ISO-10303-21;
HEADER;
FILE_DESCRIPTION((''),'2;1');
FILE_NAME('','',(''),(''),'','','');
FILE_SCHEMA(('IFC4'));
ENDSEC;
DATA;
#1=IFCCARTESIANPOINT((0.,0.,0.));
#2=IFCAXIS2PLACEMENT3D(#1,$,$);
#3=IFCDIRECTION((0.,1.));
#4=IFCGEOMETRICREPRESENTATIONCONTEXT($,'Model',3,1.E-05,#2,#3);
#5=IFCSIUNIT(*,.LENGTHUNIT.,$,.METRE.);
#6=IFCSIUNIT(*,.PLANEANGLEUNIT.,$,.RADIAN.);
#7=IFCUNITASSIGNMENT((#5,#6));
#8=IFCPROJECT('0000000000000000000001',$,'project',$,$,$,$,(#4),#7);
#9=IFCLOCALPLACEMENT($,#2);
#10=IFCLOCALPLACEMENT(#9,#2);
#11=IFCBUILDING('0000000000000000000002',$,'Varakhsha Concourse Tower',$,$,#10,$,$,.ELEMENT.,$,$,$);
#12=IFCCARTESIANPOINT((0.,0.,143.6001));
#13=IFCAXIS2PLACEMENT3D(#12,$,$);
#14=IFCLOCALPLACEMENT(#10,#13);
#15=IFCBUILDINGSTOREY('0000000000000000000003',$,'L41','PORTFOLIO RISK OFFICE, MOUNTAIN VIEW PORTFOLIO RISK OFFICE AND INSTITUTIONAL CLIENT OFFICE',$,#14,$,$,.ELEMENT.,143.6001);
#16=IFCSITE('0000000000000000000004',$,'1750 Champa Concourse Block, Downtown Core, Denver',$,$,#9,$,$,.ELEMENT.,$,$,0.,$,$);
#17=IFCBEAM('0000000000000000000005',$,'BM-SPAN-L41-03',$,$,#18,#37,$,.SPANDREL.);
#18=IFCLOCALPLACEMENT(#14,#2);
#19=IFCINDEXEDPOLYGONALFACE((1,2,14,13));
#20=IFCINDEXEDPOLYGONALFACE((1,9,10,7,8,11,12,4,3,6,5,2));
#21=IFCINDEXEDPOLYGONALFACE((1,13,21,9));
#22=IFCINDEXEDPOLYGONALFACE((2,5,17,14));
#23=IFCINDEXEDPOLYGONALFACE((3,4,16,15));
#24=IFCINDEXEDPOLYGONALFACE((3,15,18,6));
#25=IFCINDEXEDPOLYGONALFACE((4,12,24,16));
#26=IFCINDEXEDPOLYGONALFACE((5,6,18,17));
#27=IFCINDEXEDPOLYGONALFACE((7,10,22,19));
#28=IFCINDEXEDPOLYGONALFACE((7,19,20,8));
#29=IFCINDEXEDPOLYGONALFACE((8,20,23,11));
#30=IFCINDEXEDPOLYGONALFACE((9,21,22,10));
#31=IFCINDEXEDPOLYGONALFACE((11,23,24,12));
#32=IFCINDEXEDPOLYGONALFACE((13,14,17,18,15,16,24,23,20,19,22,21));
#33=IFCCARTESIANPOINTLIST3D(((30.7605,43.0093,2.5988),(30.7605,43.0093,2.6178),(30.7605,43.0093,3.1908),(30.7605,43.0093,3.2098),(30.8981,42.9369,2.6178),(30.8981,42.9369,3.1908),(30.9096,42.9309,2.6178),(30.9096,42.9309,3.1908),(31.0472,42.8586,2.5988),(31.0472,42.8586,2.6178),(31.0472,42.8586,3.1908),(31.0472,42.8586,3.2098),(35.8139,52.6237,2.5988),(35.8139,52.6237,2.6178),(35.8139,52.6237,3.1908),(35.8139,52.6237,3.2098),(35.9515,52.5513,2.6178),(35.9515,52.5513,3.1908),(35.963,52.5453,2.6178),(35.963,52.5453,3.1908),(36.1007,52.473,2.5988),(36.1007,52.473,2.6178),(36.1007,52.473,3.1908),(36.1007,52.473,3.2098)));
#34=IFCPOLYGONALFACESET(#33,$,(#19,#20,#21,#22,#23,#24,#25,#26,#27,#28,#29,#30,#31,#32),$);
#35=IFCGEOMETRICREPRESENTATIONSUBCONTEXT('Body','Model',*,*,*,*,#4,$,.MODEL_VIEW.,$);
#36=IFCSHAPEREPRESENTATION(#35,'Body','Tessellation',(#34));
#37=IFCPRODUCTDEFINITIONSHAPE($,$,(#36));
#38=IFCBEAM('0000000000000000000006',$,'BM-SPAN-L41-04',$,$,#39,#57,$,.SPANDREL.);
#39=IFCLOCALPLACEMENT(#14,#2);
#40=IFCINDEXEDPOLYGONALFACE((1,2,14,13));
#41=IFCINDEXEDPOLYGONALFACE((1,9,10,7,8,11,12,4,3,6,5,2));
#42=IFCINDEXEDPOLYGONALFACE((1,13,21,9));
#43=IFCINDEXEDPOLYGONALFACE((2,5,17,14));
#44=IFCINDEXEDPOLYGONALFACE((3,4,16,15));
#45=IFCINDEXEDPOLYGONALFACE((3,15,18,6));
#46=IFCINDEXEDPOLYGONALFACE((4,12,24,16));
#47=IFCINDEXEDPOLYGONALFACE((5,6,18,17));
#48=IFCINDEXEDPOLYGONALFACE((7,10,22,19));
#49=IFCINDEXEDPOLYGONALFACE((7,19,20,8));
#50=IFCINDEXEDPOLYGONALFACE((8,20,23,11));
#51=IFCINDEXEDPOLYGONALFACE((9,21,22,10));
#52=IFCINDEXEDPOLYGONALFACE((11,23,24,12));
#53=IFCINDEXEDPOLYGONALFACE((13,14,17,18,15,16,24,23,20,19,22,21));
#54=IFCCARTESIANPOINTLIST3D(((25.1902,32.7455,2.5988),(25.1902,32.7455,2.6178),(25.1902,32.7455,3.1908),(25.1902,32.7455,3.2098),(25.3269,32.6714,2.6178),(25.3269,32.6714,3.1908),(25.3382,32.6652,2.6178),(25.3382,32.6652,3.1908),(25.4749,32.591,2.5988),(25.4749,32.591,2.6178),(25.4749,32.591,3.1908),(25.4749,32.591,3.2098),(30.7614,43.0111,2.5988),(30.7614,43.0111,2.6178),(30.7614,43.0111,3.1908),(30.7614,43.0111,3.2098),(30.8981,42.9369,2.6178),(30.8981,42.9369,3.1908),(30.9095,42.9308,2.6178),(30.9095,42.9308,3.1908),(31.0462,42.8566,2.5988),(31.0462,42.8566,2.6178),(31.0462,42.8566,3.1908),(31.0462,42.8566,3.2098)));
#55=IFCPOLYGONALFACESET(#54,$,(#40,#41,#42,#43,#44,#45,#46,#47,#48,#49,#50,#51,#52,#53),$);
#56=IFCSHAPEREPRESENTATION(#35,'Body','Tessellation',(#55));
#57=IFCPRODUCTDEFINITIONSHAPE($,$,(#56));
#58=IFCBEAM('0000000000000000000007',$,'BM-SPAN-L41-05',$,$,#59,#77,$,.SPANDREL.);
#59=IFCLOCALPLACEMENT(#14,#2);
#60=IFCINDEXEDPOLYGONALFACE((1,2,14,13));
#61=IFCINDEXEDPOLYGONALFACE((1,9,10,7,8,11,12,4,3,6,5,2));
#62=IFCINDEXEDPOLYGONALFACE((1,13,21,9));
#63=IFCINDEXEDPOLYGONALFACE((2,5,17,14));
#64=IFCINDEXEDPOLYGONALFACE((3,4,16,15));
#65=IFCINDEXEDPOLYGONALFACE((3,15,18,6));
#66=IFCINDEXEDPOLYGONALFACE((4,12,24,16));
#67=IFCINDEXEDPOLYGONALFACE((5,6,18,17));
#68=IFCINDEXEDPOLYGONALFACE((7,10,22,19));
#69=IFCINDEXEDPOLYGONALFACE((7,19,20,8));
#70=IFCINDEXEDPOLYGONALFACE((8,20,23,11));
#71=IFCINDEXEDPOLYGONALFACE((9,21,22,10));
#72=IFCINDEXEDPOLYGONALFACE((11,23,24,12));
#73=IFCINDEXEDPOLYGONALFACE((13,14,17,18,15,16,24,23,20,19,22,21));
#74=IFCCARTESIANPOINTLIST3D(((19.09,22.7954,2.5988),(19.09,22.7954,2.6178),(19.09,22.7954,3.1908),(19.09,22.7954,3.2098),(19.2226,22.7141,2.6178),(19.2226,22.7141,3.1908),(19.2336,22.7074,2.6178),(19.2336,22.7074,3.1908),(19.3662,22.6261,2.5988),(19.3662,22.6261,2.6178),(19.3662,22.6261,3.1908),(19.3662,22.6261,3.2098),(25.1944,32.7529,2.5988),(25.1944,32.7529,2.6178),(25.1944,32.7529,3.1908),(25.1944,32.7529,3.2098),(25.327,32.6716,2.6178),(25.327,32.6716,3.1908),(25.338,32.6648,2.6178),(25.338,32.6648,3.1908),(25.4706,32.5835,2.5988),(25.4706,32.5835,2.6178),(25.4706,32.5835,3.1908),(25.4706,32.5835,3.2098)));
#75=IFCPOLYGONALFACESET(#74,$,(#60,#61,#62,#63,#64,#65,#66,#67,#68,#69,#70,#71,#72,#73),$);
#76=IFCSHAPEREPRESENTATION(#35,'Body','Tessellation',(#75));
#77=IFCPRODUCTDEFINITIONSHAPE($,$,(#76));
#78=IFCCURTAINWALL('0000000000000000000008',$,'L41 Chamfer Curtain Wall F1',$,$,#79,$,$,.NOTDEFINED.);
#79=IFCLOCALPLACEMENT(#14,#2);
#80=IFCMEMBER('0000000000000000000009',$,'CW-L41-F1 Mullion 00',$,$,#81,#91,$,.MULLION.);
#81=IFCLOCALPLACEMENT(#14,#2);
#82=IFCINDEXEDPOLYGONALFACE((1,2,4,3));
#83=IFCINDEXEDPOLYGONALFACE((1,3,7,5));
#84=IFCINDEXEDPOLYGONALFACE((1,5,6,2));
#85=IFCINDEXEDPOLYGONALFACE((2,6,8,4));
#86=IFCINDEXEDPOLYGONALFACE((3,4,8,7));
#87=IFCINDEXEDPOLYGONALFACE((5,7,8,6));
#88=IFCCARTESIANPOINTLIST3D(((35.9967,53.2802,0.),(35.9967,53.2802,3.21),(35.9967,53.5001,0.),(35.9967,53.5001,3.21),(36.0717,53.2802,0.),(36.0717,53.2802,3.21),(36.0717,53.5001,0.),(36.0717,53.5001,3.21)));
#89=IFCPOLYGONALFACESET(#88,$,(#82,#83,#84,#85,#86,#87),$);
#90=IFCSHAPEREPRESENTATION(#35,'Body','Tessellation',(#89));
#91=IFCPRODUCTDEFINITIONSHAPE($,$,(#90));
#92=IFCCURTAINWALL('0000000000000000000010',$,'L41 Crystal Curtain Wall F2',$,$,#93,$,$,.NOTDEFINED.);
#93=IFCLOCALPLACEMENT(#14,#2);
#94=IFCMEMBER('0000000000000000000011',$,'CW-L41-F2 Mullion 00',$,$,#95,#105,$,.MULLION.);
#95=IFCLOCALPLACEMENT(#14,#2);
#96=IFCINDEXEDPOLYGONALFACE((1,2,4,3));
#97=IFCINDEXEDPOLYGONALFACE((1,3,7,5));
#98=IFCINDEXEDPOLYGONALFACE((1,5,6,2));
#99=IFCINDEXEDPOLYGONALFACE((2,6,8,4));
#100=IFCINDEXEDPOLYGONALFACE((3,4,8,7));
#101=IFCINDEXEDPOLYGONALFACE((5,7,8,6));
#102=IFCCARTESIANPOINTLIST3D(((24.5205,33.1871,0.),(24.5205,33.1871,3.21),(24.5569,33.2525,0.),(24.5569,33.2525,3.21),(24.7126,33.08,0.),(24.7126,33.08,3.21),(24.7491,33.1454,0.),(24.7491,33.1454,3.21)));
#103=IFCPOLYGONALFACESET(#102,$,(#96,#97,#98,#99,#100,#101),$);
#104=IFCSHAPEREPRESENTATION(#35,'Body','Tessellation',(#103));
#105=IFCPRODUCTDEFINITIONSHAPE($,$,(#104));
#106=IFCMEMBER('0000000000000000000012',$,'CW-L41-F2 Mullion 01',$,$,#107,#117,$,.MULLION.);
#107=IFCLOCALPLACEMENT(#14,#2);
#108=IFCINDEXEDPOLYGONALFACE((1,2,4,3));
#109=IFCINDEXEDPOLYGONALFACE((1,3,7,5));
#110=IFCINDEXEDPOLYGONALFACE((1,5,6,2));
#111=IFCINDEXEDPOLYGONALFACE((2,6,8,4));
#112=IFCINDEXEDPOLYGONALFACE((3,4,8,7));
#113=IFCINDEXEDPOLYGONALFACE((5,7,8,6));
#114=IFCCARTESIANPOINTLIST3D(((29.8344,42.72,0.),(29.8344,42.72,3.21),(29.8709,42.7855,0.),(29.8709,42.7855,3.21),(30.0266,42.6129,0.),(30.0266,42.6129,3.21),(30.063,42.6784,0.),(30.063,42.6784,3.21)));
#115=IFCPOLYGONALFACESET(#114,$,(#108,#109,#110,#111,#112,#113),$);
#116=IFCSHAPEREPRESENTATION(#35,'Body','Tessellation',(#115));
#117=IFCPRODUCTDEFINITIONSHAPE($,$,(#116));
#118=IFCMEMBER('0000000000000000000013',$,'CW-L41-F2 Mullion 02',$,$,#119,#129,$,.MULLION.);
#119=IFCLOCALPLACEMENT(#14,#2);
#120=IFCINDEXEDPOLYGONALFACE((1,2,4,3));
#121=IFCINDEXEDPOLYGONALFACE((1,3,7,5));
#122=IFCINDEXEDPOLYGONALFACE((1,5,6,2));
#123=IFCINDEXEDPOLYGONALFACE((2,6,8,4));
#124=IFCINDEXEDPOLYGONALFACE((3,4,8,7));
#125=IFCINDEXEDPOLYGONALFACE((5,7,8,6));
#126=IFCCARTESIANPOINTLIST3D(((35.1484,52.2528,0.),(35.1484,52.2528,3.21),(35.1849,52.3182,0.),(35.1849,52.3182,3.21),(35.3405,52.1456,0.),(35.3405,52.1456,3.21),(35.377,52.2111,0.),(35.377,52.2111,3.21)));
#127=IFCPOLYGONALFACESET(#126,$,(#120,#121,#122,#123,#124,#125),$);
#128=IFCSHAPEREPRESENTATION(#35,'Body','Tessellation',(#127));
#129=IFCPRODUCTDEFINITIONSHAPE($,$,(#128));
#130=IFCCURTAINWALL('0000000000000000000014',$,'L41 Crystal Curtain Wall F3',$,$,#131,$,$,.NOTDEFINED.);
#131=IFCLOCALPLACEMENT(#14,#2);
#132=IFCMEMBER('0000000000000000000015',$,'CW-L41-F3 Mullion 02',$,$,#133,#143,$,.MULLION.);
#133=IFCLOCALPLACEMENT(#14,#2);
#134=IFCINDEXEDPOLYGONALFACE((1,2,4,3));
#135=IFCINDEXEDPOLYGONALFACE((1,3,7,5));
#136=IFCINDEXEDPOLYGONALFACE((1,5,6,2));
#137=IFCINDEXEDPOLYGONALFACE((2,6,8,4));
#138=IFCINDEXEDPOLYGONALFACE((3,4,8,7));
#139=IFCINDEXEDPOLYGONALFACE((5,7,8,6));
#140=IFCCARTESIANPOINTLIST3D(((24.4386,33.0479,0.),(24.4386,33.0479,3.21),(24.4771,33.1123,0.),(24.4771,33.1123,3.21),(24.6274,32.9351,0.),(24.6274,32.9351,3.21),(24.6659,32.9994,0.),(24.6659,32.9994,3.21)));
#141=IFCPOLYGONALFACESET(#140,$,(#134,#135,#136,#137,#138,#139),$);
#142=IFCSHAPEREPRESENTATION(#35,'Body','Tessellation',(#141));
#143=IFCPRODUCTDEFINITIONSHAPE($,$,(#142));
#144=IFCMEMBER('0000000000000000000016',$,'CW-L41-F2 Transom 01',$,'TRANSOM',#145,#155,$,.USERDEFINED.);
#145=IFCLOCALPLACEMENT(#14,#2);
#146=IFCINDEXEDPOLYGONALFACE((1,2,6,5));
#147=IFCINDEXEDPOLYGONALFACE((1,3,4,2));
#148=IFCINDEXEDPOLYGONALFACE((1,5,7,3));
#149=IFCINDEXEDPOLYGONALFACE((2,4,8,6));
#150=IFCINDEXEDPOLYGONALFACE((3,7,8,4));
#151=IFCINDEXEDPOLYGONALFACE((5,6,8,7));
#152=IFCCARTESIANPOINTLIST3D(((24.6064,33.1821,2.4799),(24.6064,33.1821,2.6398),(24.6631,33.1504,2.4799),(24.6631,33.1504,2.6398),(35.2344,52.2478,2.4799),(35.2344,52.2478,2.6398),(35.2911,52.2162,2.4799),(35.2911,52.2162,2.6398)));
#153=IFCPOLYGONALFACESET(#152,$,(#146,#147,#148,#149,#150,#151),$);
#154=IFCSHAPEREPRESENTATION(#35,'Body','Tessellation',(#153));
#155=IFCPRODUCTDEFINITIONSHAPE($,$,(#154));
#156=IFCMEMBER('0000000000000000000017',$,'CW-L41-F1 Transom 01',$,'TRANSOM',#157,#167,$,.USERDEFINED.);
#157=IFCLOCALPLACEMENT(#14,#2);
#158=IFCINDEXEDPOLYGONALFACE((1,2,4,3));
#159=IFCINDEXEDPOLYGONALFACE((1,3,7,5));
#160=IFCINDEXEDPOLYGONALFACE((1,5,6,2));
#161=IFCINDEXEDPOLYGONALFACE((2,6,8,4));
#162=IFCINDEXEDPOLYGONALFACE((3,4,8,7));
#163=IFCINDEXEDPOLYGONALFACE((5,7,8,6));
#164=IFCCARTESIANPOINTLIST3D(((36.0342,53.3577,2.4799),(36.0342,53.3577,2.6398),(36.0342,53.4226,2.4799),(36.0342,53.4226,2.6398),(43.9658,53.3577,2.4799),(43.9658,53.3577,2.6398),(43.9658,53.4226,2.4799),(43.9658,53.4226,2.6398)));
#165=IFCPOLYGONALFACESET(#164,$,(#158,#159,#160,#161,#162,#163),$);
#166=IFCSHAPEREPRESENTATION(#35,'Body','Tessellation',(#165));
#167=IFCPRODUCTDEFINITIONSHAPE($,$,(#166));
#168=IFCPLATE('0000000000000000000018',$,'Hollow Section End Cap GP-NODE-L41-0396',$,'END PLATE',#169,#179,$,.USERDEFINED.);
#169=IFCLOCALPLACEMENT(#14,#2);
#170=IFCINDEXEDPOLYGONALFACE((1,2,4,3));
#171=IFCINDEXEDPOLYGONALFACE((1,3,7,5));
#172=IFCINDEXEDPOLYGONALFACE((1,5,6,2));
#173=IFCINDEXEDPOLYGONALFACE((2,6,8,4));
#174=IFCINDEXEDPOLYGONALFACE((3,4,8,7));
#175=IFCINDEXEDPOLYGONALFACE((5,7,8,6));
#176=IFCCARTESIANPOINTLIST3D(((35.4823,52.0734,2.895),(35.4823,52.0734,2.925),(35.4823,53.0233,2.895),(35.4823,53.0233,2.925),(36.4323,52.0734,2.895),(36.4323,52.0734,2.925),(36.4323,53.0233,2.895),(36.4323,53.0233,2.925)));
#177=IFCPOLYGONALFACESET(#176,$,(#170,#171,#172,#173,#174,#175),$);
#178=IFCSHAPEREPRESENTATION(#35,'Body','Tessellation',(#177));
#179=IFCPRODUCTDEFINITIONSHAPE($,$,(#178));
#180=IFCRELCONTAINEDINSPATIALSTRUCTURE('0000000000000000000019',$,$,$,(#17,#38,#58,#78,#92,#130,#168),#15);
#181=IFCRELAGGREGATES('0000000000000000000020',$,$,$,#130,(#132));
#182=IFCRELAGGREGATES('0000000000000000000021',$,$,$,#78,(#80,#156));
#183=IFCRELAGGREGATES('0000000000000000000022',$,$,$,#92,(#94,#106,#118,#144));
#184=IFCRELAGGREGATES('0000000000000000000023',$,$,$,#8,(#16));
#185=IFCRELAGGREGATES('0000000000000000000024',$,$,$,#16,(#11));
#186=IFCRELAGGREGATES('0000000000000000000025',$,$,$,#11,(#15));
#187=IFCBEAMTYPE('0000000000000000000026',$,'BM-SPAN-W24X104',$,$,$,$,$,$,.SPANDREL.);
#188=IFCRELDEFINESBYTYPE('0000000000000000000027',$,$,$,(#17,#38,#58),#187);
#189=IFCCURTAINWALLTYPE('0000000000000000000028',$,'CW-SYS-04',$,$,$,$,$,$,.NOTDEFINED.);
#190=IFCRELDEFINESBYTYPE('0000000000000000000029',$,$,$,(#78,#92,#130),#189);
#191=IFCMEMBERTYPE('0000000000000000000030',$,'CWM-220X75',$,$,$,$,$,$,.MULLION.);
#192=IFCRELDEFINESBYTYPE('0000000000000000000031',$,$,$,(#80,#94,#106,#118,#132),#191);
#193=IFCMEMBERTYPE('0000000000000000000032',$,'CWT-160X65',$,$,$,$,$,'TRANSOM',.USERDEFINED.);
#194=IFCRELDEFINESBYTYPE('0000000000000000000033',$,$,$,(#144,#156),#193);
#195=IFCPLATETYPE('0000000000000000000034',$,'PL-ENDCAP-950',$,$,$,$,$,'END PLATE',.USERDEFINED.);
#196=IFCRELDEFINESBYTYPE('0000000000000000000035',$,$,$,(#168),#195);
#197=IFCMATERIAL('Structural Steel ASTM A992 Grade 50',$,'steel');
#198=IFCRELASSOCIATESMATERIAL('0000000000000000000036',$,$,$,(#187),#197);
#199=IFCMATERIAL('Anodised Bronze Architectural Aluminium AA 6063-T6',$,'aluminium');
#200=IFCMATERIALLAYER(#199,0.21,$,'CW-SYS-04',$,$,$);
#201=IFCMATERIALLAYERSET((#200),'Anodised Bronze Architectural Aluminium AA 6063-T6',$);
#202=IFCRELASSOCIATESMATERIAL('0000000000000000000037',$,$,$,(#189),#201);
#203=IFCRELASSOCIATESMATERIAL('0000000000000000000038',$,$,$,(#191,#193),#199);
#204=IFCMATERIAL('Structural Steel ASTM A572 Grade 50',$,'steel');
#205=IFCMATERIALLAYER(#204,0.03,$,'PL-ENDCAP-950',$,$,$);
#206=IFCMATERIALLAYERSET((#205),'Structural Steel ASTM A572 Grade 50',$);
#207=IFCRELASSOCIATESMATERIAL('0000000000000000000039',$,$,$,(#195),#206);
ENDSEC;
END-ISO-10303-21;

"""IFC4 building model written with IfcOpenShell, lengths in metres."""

from ifc_helpers import new_model, si_unit, direction, frame, origin, origin_2d, place, context, subcontext, project, spatial, rectangle, i_section, extrude, source, transform, mapped, material, layer, layer_set, material_profile, profile_set, type_object, type_shapes, element, aggregate, save


model = new_model("IFC4")

# Units and contexts
model_context = context("Model", 3, precision=1e-05, world=origin(), true_north=direction((0.0, 1.0)))
body_context = subcontext(model_context, "Body", "Model", "MODEL_VIEW")
ifc_project = project(units=[si_unit("LENGTHUNIT", "METRE"), si_unit("PLANEANGLEUNIT", "RADIAN")], contexts=[model_context])

# Site, building, storey
site_placement = place(None, origin())
site = spatial("IfcSite", under=ifc_project, at=site_placement, Name="1750 Champa Concourse Block, Downtown Core, Denver", CompositionType="ELEMENT", RefElevation=0.0)
building_placement = place(site_placement, origin())
building = spatial("IfcBuilding", under=site, at=building_placement, Name="Varakhsha Concourse Tower", CompositionType="ELEMENT")
storey_placement = place(building_placement, frame((0.0, 0.0, 143.6001)))
storey = spatial("IfcBuildingStorey", under=building, at=storey_placement, Name="L41", Description="PORTFOLIO RISK OFFICE, MOUNTAIN VIEW PORTFOLIO RISK OFFICE AND INSTITUTIONAL CLIENT OFFICE", CompositionType="ELEMENT", Elevation=143.6001)

# Shared definitions
ifc_material_1 = material(Name="Structural Steel ASTM A992 Grade 50", Category="steel")
ifc_material_2 = material(Name="Structural Steel ASTM A572 Grade 50", Category="steel")

# Beams
ifc_material_profile_1 = material_profile(ifc_material_1, i_section(OverallWidth=0.324, OverallDepth=0.6111, WebThickness=0.0129, FlangeThickness=0.019, at=origin_2d()), Name="W24X104")
ifc_profile_set_1 = profile_set([ifc_material_profile_1], Name="Structural Steel ASTM A992 Grade 50")
beam_type_1 = type_object("IfcBeamType", Name="BM-SPAN-W24X104", PredefinedType="SPANDREL", material=ifc_profile_set_1)
beam_1_placement = place(storey_placement, frame((35.9573, 52.5483, 2.9043), z_axis=(-0.465256, -0.885176, 0.0), x_axis=(0.885176, -0.465256, 0.0)))
element("IfcBeam", 1, at=beam_1_placement, inside=storey, type_object=beam_type_1, Name="BM-SPAN-L41-03", PredefinedType="SPANDREL", context=body_context, shape_type="SweptSolid", body=[
    extrude(i_section(OverallWidth=0.324, OverallDepth=0.6111, WebThickness=0.0129, FlangeThickness=0.019, at=origin_2d()), origin(), (0.0, 0.0, 1.0), 10.8616),
])
beam_2_placement = place(storey_placement, frame((30.9038, 42.9338, 2.9043), z_axis=(-0.476994, -0.878907, 0.0), x_axis=(0.878907, -0.476994, 0.0)))
element("IfcBeam", 2, at=beam_2_placement, inside=storey, type_object=beam_type_1, Name="BM-SPAN-L41-04", PredefinedType="SPANDREL", context=body_context, shape_type="SweptSolid", body=[
    extrude(i_section(OverallWidth=0.324, OverallDepth=0.6111, WebThickness=0.0129, FlangeThickness=0.019, at=origin_2d()), origin(), (0.0, 0.0, 1.0), 11.6799),
])
beam_3_placement = place(storey_placement, frame((25.3325, 32.6682, 2.9043), z_axis=(-0.522655, -0.852544, 0.0), x_axis=(0.852544, -0.522655, 0.0)))
element("IfcBeam", 3, at=beam_3_placement, inside=storey, type_object=beam_type_1, Name="BM-SPAN-L41-05", PredefinedType="SPANDREL", context=body_context, shape_type="SweptSolid", body=[
    extrude(i_section(OverallWidth=0.324, OverallDepth=0.6111, WebThickness=0.0129, FlangeThickness=0.019, at=origin_2d()), origin(), (0.0, 0.0, 1.0), 11.6797),
])

# Curtain wall, member
ifc_material_3 = material(Name="Anodised Bronze Architectural Aluminium AA 6063-T6", Category="aluminium")
ifc_layer_1 = layer(ifc_material_3, 0.21, Name="CW-SYS-04")
ifc_layer_set_1 = layer_set([ifc_layer_1], Name="Anodised Bronze Architectural Aluminium AA 6063-T6")
curtain_wall_type = type_object("IfcCurtainWallType", Name="CW-SYS-04", PredefinedType="NOTDEFINED", material=ifc_layer_set_1)
curtain_wall_1_placement = place(storey_placement, origin())
curtain_wall_1 = element("IfcCurtainWall", 4, at=curtain_wall_1_placement, inside=storey, type_object=curtain_wall_type, Name="L41 Chamfer Curtain Wall F1", PredefinedType="NOTDEFINED")
ifc_material_profile_2 = material_profile(ifc_material_3, rectangle(XDim=0.075, YDim=0.22, at=origin_2d()), Name="CWM-220X75")
ifc_profile_set_2 = profile_set([ifc_material_profile_2], Name="Anodised Bronze Architectural Aluminium AA 6063-T6")
member_type_1 = type_object("IfcMemberType", Name="CWM-220X75", PredefinedType="MULLION", material=ifc_profile_set_2)
shared_shape_1 = source(origin(), body_context, "Body", "SweptSolid", [
    extrude(rectangle(XDim=0.075, YDim=0.22, at=origin_2d()), origin(), (0.0, 0.0, 1.0), 3.21),
])
type_shapes(member_type_1, [shared_shape_1])
member_1_placement = place(storey_placement, frame((36.0342, 53.3901, 0.0), z_axis=(0.0, 0.0, 1.0), x_axis=(1.0, 0.0, 0.0)))
member_1 = element("IfcMember", 5, at=member_1_placement, type_object=member_type_1, Name="CW-L41-F1 Mullion 00", PredefinedType="MULLION", context=body_context, shape_type="MappedRepresentation", body=[
    mapped(shared_shape_1, transform((0.0, 0.0, 0.0), scale=1.0)),
])

# Curtain wall, members
curtain_wall_2_placement = place(storey_placement, origin())
curtain_wall_2 = element("IfcCurtainWall", 6, at=curtain_wall_2_placement, inside=storey, type_object=curtain_wall_type, Name="L41 Crystal Curtain Wall F2", PredefinedType="NOTDEFINED")
member_2_placement = place(storey_placement, frame((24.6348, 33.1663, 0.0), z_axis=(0.0, 0.0, 1.0), x_axis=(0.4869, 0.873458, 0.0)))
member_2 = element("IfcMember", 7, at=member_2_placement, type_object=member_type_1, Name="CW-L41-F2 Mullion 00", PredefinedType="MULLION", context=body_context, shape_type="MappedRepresentation", body=[
    mapped(shared_shape_1, transform((0.0, 0.0, 0.0), scale=1.0)),
])
member_3_placement = place(storey_placement, frame((29.9487, 42.6992, 0.0), z_axis=(0.0, 0.0, 1.0), x_axis=(0.4869, 0.873458, 0.0)))
member_3 = element("IfcMember", 8, at=member_3_placement, type_object=member_type_1, Name="CW-L41-F2 Mullion 01", PredefinedType="MULLION", context=body_context, shape_type="MappedRepresentation", body=[
    mapped(shared_shape_1, transform((0.0, 0.0, 0.0), scale=1.0)),
])
member_4_placement = place(storey_placement, frame((35.2627, 52.2319, 0.0), z_axis=(0.0, 0.0, 1.0), x_axis=(0.4869, 0.873458, 0.0)))
member_4 = element("IfcMember", 9, at=member_4_placement, type_object=member_type_1, Name="CW-L41-F2 Mullion 02", PredefinedType="MULLION", context=body_context, shape_type="MappedRepresentation", body=[
    mapped(shared_shape_1, transform((0.0, 0.0, 0.0), scale=1.0)),
])

# Curtain wall, member
curtain_wall_3_placement = place(storey_placement, origin())
curtain_wall_3 = element("IfcCurtainWall", 10, at=curtain_wall_3_placement, inside=storey, type_object=curtain_wall_type, Name="L41 Crystal Curtain Wall F3", PredefinedType="NOTDEFINED")
member_5_placement = place(storey_placement, frame((24.5522, 33.0237, 0.0), z_axis=(0.0, 0.0, 1.0), x_axis=(0.512984, 0.858398, 0.0)))
member_5 = element("IfcMember", 11, at=member_5_placement, type_object=member_type_1, Name="CW-L41-F3 Mullion 02", PredefinedType="MULLION", context=body_context, shape_type="MappedRepresentation", body=[
    mapped(shared_shape_1, transform((0.0, 0.0, 0.0), scale=1.0)),
])
aggregate(curtain_wall_3, [member_5])

# Members
ifc_material_profile_3 = material_profile(ifc_material_3, rectangle(XDim=0.0649, YDim=0.1599, at=origin_2d()), Name="CWT-160X65")
ifc_profile_set_3 = profile_set([ifc_material_profile_3], Name="Anodised Bronze Architectural Aluminium AA 6063-T6")
member_type_2 = type_object("IfcMemberType", Name="CWT-160X65", ElementType="TRANSOM", PredefinedType="USERDEFINED", material=ifc_profile_set_3)
shared_shape_2 = source(origin(), body_context, "Body", "SweptSolid", [
    extrude(rectangle(XDim=0.0649, YDim=0.1599, at=origin_2d()), origin(), (0.0, 0.0, 1.0), 21.8279),
])
member_6_placement = place(storey_placement, frame((24.6348, 33.1663, 2.5598), z_axis=(0.486899, 0.873458, 0.0), x_axis=(-0.873458, 0.486899, 0.0)))
member_6 = element("IfcMember", 12, at=member_6_placement, type_object=member_type_2, Name="CW-L41-F2 Transom 01", ObjectType="TRANSOM", PredefinedType="USERDEFINED", context=body_context, shape_type="MappedRepresentation", body=[
    mapped(shared_shape_2, transform((0.0, 0.0, 0.0), scale=1.0)),
])
shared_shape_3 = source(origin(), body_context, "Body", "SweptSolid", [
    extrude(rectangle(XDim=0.0649, YDim=0.1599, at=origin_2d()), origin(), (0.0, 0.0, 1.0), 7.9316),
])
type_shapes(member_type_2, [shared_shape_2, shared_shape_3])
member_7_placement = place(storey_placement, frame((36.0342, 53.3901, 2.5598), z_axis=(1.0, 0.0, 0.0), x_axis=(0.0, 1.0, 0.0)))
member_7 = element("IfcMember", 13, at=member_7_placement, type_object=member_type_2, Name="CW-L41-F1 Transom 01", ObjectType="TRANSOM", PredefinedType="USERDEFINED", context=body_context, shape_type="MappedRepresentation", body=[
    mapped(shared_shape_3, transform((0.0, 0.0, 0.0), scale=1.0)),
])
aggregate(curtain_wall_1, [member_1, member_7])

# Plate
ifc_layer_2 = layer(ifc_material_2, 0.03, Name="PL-ENDCAP-950")
ifc_layer_set_2 = layer_set([ifc_layer_2], Name="Structural Steel ASTM A572 Grade 50")
plate_type_1 = type_object("IfcPlateType", Name="PL-ENDCAP-950", ElementType="END PLATE", PredefinedType="USERDEFINED", material=ifc_layer_set_2)
shared_shape_4 = source(origin(), body_context, "Body", "SweptSolid", [
    extrude(rectangle(XDim=0.95, YDim=0.95, at=origin_2d()), origin(), (0.0, 0.0, 1.0), 0.03),
])
type_shapes(plate_type_1, [shared_shape_4])
plate_1_placement = place(storey_placement, frame((35.9573, 52.5483, 2.895), z_axis=(0.0, 0.0, 1.0), x_axis=(1.0, 0.0, 0.0)))
element("IfcPlate", 14, at=plate_1_placement, inside=storey, type_object=plate_type_1, Name="Hollow Section End Cap GP-NODE-L41-0396", ObjectType="END PLATE", PredefinedType="USERDEFINED", context=body_context, shape_type="MappedRepresentation", body=[
    mapped(shared_shape_4, transform((0.0, 0.0, 0.0), scale=1.0)),
])
aggregate(curtain_wall_2, [member_2, member_3, member_4, member_6])

save(model, "model.ifc")
